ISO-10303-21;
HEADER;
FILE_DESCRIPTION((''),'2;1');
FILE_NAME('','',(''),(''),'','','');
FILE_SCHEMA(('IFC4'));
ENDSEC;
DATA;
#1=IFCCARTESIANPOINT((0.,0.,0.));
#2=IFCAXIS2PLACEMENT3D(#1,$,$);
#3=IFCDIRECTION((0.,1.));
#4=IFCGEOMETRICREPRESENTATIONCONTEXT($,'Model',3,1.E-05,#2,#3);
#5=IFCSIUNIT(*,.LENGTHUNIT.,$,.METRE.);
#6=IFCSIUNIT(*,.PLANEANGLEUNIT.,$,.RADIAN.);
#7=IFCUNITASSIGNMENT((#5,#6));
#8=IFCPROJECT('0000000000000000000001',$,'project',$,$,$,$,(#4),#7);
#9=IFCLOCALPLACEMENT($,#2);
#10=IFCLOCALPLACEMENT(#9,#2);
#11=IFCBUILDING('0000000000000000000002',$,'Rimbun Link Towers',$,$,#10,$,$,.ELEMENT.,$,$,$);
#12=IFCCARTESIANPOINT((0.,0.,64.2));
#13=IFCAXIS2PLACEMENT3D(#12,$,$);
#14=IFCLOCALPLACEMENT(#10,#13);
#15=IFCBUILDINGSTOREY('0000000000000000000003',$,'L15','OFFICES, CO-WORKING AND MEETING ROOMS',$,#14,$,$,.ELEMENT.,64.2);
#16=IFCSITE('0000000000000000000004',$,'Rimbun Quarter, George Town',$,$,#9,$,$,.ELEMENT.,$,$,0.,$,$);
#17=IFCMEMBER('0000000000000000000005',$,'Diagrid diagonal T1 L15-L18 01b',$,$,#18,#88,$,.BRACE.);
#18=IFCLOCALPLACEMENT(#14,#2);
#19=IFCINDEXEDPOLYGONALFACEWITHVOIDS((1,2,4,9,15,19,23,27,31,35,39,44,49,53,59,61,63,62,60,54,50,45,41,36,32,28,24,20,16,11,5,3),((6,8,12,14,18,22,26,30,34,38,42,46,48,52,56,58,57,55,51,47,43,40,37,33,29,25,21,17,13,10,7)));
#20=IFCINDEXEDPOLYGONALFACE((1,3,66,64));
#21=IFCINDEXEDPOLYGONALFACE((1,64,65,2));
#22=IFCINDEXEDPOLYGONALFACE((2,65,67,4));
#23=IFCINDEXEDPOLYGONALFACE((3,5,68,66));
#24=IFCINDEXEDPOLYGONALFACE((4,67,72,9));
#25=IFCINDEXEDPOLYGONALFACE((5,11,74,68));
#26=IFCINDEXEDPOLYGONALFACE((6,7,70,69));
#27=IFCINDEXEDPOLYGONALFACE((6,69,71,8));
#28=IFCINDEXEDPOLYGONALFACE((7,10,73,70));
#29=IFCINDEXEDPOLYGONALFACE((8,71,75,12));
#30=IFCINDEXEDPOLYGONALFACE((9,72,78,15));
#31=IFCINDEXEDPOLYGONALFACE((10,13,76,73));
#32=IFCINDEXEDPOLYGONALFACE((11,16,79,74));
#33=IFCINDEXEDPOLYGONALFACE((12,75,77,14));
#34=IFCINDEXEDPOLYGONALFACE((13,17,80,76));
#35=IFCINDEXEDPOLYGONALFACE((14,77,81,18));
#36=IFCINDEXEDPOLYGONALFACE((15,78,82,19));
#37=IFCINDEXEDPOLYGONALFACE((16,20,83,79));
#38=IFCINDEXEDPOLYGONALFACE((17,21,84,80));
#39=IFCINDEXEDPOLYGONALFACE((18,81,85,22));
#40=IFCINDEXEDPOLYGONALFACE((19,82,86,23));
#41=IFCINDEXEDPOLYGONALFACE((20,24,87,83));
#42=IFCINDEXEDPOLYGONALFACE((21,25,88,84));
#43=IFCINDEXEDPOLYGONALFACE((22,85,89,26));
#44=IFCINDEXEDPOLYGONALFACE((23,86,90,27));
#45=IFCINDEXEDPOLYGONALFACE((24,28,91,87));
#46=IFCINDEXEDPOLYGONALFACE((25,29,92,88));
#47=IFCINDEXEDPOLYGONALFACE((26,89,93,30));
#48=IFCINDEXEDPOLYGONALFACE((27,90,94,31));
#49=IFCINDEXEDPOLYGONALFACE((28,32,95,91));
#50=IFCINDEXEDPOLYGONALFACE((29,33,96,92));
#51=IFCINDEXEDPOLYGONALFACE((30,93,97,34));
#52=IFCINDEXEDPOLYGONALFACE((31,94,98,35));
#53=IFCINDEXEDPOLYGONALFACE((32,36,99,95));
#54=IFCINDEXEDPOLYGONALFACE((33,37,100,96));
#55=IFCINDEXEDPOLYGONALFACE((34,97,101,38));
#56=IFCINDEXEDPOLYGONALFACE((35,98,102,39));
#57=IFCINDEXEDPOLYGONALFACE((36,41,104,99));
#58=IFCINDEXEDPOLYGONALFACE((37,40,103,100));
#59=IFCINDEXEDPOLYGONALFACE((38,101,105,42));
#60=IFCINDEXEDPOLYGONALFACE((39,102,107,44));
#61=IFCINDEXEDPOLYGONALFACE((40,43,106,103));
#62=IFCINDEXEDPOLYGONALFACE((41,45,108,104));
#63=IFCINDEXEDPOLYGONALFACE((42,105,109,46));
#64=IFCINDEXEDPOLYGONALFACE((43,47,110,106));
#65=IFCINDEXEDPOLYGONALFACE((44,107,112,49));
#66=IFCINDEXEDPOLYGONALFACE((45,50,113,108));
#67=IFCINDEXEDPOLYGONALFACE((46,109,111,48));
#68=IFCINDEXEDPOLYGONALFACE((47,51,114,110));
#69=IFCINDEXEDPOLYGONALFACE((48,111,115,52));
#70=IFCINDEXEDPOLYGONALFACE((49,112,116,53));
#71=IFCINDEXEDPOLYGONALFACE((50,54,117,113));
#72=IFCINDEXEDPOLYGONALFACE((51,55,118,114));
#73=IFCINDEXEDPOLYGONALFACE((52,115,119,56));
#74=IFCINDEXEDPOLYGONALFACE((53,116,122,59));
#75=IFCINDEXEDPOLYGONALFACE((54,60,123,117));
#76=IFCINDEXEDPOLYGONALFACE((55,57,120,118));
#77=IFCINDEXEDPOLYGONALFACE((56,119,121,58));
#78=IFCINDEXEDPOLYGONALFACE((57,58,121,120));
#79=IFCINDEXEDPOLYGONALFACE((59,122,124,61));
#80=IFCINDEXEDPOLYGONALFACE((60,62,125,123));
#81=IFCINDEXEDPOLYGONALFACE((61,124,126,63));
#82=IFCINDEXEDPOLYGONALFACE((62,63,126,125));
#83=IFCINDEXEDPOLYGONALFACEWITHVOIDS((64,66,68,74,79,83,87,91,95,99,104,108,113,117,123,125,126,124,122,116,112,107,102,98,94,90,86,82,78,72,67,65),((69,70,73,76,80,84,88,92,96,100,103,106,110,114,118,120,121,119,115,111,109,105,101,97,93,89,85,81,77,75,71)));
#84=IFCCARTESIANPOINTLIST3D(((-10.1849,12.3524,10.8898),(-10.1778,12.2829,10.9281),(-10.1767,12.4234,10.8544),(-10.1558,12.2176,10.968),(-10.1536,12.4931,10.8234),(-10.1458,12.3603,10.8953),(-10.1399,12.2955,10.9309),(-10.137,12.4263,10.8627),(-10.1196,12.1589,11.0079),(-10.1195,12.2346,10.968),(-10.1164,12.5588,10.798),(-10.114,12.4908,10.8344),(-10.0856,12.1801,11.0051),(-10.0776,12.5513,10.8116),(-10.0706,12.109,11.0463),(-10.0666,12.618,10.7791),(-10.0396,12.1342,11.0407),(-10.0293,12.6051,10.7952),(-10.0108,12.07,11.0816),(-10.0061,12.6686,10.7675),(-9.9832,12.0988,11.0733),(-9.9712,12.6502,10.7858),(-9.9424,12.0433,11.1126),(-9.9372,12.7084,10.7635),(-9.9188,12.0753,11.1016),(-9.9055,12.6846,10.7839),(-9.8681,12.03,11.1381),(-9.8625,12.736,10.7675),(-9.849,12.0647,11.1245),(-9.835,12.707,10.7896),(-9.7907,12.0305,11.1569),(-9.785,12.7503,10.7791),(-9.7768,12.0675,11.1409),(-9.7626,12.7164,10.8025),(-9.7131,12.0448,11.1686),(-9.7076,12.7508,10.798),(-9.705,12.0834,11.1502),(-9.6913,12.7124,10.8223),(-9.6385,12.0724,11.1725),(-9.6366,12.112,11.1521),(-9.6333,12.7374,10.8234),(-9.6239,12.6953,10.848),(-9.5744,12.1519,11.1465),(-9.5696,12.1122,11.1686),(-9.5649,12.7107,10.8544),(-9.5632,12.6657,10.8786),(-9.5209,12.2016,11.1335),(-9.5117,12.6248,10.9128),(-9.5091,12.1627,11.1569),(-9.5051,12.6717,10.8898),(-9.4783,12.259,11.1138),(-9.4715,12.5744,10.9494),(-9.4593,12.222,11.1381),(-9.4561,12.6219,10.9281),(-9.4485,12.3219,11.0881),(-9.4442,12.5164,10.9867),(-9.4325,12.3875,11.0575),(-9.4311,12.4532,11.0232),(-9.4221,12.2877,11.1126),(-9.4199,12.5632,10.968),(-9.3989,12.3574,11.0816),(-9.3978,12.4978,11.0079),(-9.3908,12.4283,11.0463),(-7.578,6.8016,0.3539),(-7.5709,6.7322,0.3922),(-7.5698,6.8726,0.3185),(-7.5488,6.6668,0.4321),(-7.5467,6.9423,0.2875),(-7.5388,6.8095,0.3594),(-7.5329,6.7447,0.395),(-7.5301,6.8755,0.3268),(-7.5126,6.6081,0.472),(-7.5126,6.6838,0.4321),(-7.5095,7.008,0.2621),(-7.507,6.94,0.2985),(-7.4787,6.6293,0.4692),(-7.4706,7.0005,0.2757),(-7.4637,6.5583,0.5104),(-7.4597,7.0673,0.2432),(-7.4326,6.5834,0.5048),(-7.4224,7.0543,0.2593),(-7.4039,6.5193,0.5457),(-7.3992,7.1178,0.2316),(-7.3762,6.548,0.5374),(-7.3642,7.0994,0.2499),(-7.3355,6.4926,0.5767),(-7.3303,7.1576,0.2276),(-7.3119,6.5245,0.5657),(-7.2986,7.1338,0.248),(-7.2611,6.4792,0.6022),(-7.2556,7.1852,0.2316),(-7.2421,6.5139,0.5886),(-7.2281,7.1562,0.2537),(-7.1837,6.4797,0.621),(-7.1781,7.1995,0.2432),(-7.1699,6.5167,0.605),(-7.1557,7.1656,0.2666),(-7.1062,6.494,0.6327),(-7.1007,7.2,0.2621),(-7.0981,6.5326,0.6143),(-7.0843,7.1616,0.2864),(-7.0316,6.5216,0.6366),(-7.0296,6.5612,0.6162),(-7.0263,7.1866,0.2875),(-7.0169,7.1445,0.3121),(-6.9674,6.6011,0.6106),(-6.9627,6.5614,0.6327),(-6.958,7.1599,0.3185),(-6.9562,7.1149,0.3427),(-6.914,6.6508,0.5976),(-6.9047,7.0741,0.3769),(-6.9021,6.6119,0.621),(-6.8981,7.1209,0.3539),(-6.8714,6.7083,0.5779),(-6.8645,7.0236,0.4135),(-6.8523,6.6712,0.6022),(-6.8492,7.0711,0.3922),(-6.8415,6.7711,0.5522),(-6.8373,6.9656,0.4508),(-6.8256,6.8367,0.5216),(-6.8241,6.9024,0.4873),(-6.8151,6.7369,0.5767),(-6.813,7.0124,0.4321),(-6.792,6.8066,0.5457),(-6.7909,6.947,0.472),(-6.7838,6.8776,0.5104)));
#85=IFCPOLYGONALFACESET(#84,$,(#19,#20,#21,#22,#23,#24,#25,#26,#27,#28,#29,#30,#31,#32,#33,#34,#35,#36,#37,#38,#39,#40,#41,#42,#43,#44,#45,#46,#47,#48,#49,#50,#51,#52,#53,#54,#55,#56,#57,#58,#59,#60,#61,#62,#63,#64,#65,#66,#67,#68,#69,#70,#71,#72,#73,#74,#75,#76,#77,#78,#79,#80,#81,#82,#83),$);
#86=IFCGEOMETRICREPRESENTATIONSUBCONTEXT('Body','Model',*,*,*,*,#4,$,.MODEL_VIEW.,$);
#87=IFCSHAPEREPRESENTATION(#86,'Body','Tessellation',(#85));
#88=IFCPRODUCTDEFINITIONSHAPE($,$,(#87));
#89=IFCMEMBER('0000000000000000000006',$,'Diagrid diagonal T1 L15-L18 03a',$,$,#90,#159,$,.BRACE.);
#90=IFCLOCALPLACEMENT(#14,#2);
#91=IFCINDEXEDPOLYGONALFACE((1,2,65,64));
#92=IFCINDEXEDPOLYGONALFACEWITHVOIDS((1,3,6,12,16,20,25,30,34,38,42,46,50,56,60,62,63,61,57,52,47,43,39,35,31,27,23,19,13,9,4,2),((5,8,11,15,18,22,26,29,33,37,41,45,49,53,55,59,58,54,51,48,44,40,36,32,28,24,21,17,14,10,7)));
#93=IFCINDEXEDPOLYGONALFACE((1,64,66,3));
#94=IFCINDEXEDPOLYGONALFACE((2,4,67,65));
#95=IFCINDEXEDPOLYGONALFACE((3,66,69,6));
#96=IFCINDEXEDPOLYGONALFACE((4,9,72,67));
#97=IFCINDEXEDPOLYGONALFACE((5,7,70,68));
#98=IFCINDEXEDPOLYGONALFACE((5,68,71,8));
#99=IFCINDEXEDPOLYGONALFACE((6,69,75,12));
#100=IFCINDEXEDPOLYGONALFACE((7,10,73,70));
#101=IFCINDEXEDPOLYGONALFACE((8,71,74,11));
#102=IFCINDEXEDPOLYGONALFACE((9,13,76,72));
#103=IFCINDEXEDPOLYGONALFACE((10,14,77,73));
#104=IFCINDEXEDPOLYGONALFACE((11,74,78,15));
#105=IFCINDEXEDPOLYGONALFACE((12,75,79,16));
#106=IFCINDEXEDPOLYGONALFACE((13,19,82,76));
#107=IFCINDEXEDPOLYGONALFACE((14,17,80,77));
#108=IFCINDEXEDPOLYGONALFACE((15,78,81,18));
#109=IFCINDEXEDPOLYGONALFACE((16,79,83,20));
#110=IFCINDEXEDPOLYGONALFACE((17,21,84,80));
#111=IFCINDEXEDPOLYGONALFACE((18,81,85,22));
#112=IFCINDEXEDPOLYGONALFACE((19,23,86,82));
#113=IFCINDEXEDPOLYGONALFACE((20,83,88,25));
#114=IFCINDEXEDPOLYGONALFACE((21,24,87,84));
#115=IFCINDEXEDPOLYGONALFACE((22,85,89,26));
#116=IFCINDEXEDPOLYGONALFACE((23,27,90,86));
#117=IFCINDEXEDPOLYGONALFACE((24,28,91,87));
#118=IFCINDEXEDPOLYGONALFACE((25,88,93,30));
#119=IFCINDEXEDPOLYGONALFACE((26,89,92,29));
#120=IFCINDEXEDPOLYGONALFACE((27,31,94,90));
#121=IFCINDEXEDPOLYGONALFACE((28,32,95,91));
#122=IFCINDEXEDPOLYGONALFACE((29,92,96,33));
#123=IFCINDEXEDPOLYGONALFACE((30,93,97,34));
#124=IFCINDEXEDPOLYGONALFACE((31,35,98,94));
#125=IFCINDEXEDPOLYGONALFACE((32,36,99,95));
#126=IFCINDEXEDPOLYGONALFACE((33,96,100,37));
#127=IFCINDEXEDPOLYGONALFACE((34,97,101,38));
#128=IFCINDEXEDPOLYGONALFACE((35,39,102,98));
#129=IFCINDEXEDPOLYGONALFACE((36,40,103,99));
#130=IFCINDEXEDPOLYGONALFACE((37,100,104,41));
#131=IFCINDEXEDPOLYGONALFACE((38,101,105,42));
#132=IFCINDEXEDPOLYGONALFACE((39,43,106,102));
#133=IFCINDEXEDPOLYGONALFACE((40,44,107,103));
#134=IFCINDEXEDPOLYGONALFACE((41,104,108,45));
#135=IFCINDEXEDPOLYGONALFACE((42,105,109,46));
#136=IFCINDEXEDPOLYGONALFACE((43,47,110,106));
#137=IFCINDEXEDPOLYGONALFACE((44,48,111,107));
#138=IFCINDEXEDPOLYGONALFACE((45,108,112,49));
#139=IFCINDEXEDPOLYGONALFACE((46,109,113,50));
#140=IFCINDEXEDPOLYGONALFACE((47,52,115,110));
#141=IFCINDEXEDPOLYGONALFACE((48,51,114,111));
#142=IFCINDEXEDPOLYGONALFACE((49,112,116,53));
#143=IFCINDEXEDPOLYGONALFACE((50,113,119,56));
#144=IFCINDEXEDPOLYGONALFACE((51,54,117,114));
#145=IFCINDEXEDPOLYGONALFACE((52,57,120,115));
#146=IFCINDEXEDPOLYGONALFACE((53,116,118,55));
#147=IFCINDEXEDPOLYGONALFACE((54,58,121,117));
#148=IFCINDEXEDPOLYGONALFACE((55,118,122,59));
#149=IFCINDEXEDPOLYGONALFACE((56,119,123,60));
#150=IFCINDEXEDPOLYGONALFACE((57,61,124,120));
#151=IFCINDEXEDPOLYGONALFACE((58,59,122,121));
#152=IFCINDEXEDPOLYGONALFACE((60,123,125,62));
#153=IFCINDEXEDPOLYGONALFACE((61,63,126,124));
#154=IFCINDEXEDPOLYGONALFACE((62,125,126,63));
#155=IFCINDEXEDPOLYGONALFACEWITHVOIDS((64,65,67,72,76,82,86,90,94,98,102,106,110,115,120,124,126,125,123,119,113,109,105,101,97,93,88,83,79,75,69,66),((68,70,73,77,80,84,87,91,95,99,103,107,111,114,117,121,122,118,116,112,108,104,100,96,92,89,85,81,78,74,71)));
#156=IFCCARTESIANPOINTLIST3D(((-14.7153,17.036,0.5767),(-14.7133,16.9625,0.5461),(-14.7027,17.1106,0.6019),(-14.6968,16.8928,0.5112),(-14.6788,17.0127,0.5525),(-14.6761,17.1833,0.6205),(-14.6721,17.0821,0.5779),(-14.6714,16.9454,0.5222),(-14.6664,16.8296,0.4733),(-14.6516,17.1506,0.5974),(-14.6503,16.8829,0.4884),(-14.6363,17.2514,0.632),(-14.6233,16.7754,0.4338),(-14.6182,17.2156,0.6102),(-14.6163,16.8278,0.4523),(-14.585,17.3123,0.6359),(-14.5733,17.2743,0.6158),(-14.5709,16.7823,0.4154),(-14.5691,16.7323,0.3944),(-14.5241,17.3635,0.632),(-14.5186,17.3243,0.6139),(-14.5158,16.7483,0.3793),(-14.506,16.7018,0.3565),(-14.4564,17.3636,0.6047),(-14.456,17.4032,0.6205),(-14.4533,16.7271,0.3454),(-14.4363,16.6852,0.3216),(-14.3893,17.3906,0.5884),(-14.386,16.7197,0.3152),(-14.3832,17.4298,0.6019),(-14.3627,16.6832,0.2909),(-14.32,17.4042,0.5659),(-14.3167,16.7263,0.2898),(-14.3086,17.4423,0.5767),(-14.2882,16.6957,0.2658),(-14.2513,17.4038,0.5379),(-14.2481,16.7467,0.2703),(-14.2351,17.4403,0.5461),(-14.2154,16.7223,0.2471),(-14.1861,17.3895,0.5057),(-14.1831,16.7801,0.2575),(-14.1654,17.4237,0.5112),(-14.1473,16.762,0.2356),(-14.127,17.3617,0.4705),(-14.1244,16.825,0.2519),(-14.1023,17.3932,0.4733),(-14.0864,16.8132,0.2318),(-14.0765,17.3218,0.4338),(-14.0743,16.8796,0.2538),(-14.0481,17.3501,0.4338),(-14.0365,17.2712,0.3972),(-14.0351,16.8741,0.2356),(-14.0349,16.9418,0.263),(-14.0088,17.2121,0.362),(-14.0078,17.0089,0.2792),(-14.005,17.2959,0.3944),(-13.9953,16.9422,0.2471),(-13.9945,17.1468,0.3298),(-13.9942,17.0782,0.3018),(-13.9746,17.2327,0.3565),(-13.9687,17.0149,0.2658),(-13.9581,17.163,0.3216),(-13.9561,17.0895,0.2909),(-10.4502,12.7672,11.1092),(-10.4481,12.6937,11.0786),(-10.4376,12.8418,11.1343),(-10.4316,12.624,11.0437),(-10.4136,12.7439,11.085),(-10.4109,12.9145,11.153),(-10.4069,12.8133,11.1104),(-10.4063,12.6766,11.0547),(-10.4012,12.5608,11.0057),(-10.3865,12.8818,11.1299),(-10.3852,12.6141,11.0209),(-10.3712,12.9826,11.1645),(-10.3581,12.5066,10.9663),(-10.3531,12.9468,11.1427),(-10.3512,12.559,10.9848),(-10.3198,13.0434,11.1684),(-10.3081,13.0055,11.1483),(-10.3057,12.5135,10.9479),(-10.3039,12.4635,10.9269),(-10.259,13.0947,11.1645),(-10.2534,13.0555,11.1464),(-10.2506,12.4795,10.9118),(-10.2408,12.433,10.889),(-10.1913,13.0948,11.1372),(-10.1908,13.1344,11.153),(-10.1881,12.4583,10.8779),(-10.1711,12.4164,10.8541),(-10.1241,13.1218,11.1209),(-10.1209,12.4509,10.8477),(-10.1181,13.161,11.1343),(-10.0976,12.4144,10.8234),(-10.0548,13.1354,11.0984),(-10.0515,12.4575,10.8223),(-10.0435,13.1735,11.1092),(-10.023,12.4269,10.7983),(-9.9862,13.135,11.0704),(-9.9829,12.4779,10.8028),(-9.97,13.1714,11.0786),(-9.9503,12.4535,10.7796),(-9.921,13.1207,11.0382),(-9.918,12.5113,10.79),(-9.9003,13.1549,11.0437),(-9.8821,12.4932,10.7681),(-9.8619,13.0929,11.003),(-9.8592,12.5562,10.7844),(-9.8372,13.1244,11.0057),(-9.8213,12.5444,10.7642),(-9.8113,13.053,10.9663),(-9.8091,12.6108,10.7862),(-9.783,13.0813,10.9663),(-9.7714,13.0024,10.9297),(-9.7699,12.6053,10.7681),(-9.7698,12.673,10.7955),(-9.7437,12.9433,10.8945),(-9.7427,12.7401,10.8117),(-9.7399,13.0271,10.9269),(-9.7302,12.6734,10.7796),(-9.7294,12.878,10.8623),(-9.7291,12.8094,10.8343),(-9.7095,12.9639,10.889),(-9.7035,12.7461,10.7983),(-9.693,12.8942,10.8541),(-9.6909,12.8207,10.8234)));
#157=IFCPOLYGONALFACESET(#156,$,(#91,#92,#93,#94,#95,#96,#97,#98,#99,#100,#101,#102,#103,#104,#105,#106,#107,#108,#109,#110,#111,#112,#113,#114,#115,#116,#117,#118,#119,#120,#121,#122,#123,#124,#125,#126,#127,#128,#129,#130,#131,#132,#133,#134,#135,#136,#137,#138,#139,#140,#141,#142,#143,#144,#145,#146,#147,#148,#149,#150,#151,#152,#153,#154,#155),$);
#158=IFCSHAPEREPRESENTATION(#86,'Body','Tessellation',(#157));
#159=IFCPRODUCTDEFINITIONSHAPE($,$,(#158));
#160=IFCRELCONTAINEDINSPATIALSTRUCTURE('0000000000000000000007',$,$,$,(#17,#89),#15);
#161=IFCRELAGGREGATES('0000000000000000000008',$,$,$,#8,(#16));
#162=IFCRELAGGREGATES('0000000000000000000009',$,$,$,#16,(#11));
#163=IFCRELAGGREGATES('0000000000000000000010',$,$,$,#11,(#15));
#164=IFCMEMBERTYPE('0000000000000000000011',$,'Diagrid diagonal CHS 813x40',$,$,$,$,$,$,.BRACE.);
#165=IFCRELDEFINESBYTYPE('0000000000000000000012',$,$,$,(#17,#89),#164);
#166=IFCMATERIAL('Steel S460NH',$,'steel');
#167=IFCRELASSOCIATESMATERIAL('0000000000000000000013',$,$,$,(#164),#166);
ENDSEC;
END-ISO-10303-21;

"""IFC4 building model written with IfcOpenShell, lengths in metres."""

from ifc_helpers import new_model, si_unit, direction, frame, origin, origin_2d, place, context, subcontext, project, spatial, hollow_circle, extrude, material, material_profile, profile_set, type_object, element, save


model = new_model("IFC4")

# Units and contexts
model_context = context("Model", 3, precision=1e-05, world=origin(), true_north=direction((0.0, 1.0)))
body_context = subcontext(model_context, "Body", "Model", "MODEL_VIEW")
ifc_project = project(units=[si_unit("LENGTHUNIT", "METRE"), si_unit("PLANEANGLEUNIT", "RADIAN")], contexts=[model_context])

# Site, building, storey
site_placement = place(None, origin())
site = spatial("IfcSite", under=ifc_project, at=site_placement, Name="Rimbun Quarter, George Town", CompositionType="ELEMENT", RefElevation=0.0)
building_placement = place(site_placement, origin())
building = spatial("IfcBuilding", under=site, at=building_placement, Name="Rimbun Link Towers", CompositionType="ELEMENT")
storey_placement = place(building_placement, frame((0.0, 0.0, 64.2)))
storey = spatial("IfcBuildingStorey", under=building, at=storey_placement, Name="L15", Description="OFFICES, CO-WORKING AND MEETING ROOMS", CompositionType="ELEMENT", Elevation=64.2)

# Members
ifc_material_1 = material(Name="Steel S460NH", Category="steel")
ifc_material_profile_1 = material_profile(ifc_material_1, hollow_circle(Radius=0.4065, WallThickness=0.04, at=origin_2d()), Name="Diagrid diagonal CHS 813x40")
ifc_profile_set_1 = profile_set([ifc_material_profile_1], Name="Steel S460NH")
member_type_1 = type_object("IfcMemberType", Name="Diagrid diagonal CHS 813x40", PredefinedType="BRACE", material=ifc_profile_set_1)
member_1_placement = place(storey_placement, frame((-7.1809, 6.8396, 0.4321), z_axis=(-0.213847, 0.455331, 0.864259), x_axis=(-0.905145, -0.425103, 0.0)))
element("IfcMember", 1, at=member_1_placement, inside=storey, type_object=member_type_1, Name="Diagrid diagonal T1 L15-L18 01b", PredefinedType="BRACE", context=body_context, shape_type="SweptSolid", body=[
    extrude(hollow_circle(Radius=0.4065, WallThickness=0.04, at=origin_2d()), origin(), (0.0, 0.0, 1.0), 12.1907),
])
member_2_placement = place(storey_placement, frame((-14.3357, 17.0627, 0.4338), z_axis=(0.351368, -0.35167, 0.86768), x_axis=(0.70741, 0.706803, 0.0)))
element("IfcMember", 2, at=member_2_placement, inside=storey, type_object=member_type_1, Name="Diagrid diagonal T1 L15-L18 03a", PredefinedType="BRACE", context=body_context, shape_type="SweptSolid", body=[
    extrude(hollow_circle(Radius=0.4065, WallThickness=0.04, at=origin_2d()), origin(), (0.0, 0.0, 1.0), 12.1387),
])

save(model, "model.ifc")
